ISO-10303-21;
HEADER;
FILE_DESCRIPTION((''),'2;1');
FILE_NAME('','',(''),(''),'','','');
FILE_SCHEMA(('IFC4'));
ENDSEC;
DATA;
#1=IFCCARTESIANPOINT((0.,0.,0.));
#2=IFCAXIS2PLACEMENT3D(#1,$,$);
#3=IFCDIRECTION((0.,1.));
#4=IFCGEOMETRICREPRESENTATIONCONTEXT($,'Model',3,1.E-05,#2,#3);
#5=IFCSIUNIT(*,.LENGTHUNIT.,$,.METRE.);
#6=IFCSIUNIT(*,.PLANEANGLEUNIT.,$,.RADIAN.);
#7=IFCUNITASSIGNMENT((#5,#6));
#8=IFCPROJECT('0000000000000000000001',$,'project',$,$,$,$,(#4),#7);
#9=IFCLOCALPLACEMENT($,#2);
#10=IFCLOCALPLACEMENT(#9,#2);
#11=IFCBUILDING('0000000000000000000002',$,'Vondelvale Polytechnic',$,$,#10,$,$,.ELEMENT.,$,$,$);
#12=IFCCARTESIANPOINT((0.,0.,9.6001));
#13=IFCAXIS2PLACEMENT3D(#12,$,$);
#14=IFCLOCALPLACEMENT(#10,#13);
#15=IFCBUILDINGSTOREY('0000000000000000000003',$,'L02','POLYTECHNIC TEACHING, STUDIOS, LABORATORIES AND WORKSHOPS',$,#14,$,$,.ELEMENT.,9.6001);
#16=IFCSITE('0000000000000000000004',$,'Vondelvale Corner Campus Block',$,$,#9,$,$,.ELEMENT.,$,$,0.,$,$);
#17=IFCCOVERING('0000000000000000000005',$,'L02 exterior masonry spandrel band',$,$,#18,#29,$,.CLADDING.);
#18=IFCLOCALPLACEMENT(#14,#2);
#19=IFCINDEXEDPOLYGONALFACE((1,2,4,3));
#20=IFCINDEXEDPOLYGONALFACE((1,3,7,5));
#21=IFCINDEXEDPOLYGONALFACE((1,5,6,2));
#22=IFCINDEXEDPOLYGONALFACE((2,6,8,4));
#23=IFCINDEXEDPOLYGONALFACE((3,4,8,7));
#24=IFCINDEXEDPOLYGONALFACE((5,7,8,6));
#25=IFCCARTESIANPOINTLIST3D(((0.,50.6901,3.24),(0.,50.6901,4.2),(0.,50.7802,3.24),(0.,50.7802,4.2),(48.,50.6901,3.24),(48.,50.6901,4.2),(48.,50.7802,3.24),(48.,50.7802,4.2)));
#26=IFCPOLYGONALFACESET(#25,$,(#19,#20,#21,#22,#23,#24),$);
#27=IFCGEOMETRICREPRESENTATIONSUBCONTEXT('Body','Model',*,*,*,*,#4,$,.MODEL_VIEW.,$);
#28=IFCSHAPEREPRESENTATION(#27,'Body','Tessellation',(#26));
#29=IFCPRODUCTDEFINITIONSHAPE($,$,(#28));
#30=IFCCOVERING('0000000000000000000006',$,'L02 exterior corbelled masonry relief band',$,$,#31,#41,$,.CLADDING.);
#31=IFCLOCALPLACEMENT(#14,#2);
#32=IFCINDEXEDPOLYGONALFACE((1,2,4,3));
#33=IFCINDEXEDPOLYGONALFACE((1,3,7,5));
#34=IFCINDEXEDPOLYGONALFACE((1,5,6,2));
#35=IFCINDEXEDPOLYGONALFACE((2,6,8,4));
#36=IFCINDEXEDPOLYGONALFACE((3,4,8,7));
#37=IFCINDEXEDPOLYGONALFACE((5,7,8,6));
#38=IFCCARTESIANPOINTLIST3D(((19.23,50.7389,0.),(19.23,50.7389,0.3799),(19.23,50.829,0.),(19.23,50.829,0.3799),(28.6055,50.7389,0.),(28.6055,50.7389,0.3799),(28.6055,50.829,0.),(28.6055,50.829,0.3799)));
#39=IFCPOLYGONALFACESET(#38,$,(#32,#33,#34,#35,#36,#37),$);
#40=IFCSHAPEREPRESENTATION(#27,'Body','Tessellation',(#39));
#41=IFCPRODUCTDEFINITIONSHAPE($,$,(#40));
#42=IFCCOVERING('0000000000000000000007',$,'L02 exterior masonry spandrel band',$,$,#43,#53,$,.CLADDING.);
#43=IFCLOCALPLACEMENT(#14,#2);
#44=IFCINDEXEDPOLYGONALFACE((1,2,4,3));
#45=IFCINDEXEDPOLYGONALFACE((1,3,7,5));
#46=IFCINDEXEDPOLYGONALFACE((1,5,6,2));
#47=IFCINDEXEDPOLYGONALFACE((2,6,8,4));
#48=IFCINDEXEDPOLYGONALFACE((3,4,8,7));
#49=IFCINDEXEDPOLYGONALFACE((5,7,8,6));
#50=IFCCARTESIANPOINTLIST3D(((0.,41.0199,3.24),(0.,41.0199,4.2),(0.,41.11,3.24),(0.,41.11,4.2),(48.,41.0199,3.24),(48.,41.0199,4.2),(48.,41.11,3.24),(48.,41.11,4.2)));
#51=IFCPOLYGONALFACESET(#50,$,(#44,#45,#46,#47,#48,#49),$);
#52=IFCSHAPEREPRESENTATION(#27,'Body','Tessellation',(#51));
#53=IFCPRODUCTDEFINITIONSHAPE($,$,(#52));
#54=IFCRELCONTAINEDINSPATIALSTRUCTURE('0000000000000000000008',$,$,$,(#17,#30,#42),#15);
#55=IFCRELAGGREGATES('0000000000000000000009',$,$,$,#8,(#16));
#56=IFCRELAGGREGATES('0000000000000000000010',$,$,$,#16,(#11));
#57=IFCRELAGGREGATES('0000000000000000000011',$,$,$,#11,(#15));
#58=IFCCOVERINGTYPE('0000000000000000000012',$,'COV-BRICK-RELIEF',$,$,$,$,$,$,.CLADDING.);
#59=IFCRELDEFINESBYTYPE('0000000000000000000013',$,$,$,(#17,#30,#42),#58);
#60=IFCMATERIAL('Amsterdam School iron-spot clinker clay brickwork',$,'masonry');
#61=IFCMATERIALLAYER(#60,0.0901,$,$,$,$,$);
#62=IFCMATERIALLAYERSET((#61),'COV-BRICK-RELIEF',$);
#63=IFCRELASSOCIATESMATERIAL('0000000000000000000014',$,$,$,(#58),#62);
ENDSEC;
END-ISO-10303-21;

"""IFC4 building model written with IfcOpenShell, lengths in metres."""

from ifc_helpers import new_model, si_unit, direction, frame, origin, origin_2d, place, context, subcontext, project, spatial, rectangle, extrude, material, layer, layer_set, type_object, element, save


model = new_model("IFC4")

# Units and contexts
model_context = context("Model", 3, precision=1e-05, world=origin(), true_north=direction((0.0, 1.0)))
body_context = subcontext(model_context, "Body", "Model", "MODEL_VIEW")
ifc_project = project(units=[si_unit("LENGTHUNIT", "METRE"), si_unit("PLANEANGLEUNIT", "RADIAN")], contexts=[model_context])

# Site, building, storey
site_placement = place(None, origin())
site = spatial("IfcSite", under=ifc_project, at=site_placement, Name="Vondelvale Corner Campus Block", CompositionType="ELEMENT", RefElevation=0.0)
building_placement = place(site_placement, origin())
building = spatial("IfcBuilding", under=site, at=building_placement, Name="Vondelvale Polytechnic", CompositionType="ELEMENT")
storey_placement = place(building_placement, frame((0.0, 0.0, 9.6001)))
storey = spatial("IfcBuildingStorey", under=building, at=storey_placement, Name="L02", Description="POLYTECHNIC TEACHING, STUDIOS, LABORATORIES AND WORKSHOPS", CompositionType="ELEMENT", Elevation=9.6001)

# Shared definitions
ifc_material_1 = material(Name="Amsterdam School iron-spot clinker clay brickwork", Category="masonry")

# Coverings
ifc_layer_1 = layer(ifc_material_1, 0.0901)
ifc_layer_set_1 = layer_set([ifc_layer_1], Name="COV-BRICK-RELIEF")
covering_type = type_object("IfcCoveringType", Name="COV-BRICK-RELIEF", PredefinedType="CLADDING", material=ifc_layer_set_1)
covering_1_placement = place(storey_placement, frame((24.0, 50.7351, 3.24), z_axis=(0.0, 0.0, 1.0), x_axis=(1.0, 0.0, 0.0)))
element("IfcCovering", 1, at=covering_1_placement, inside=storey, type_object=covering_type, Name="L02 exterior masonry spandrel band", PredefinedType="CLADDING", context=body_context, shape_type="SweptSolid", body=[
    extrude(rectangle(XDim=48.0, YDim=0.0901, at=origin_2d()), origin(), (0.0, 0.0, 1.0), 0.96),
])
covering_2_placement = place(storey_placement, frame((23.9177, 50.7839, 0.0), z_axis=(0.0, 0.0, 1.0), x_axis=(-1.0, 0.0, 0.0)))
element("IfcCovering", 2, at=covering_2_placement, inside=storey, type_object=covering_type, Name="L02 exterior corbelled masonry relief band", PredefinedType="CLADDING", context=body_context, shape_type="SweptSolid", body=[
    extrude(rectangle(XDim=9.3755, YDim=0.0901, at=origin_2d()), origin(), (0.0, 0.0, 1.0), 0.3799),
])
covering_3_placement = place(storey_placement, frame((24.0, 41.0649, 3.24), z_axis=(0.0, 0.0, 1.0), x_axis=(1.0, 0.0, 0.0)))
element("IfcCovering", 3, at=covering_3_placement, inside=storey, type_object=covering_type, Name="L02 exterior masonry spandrel band", PredefinedType="CLADDING", context=body_context, shape_type="SweptSolid", body=[
    extrude(rectangle(XDim=48.0, YDim=0.0901, at=origin_2d()), origin(), (0.0, 0.0, 1.0), 0.96),
])

save(model, "model.ifc")
